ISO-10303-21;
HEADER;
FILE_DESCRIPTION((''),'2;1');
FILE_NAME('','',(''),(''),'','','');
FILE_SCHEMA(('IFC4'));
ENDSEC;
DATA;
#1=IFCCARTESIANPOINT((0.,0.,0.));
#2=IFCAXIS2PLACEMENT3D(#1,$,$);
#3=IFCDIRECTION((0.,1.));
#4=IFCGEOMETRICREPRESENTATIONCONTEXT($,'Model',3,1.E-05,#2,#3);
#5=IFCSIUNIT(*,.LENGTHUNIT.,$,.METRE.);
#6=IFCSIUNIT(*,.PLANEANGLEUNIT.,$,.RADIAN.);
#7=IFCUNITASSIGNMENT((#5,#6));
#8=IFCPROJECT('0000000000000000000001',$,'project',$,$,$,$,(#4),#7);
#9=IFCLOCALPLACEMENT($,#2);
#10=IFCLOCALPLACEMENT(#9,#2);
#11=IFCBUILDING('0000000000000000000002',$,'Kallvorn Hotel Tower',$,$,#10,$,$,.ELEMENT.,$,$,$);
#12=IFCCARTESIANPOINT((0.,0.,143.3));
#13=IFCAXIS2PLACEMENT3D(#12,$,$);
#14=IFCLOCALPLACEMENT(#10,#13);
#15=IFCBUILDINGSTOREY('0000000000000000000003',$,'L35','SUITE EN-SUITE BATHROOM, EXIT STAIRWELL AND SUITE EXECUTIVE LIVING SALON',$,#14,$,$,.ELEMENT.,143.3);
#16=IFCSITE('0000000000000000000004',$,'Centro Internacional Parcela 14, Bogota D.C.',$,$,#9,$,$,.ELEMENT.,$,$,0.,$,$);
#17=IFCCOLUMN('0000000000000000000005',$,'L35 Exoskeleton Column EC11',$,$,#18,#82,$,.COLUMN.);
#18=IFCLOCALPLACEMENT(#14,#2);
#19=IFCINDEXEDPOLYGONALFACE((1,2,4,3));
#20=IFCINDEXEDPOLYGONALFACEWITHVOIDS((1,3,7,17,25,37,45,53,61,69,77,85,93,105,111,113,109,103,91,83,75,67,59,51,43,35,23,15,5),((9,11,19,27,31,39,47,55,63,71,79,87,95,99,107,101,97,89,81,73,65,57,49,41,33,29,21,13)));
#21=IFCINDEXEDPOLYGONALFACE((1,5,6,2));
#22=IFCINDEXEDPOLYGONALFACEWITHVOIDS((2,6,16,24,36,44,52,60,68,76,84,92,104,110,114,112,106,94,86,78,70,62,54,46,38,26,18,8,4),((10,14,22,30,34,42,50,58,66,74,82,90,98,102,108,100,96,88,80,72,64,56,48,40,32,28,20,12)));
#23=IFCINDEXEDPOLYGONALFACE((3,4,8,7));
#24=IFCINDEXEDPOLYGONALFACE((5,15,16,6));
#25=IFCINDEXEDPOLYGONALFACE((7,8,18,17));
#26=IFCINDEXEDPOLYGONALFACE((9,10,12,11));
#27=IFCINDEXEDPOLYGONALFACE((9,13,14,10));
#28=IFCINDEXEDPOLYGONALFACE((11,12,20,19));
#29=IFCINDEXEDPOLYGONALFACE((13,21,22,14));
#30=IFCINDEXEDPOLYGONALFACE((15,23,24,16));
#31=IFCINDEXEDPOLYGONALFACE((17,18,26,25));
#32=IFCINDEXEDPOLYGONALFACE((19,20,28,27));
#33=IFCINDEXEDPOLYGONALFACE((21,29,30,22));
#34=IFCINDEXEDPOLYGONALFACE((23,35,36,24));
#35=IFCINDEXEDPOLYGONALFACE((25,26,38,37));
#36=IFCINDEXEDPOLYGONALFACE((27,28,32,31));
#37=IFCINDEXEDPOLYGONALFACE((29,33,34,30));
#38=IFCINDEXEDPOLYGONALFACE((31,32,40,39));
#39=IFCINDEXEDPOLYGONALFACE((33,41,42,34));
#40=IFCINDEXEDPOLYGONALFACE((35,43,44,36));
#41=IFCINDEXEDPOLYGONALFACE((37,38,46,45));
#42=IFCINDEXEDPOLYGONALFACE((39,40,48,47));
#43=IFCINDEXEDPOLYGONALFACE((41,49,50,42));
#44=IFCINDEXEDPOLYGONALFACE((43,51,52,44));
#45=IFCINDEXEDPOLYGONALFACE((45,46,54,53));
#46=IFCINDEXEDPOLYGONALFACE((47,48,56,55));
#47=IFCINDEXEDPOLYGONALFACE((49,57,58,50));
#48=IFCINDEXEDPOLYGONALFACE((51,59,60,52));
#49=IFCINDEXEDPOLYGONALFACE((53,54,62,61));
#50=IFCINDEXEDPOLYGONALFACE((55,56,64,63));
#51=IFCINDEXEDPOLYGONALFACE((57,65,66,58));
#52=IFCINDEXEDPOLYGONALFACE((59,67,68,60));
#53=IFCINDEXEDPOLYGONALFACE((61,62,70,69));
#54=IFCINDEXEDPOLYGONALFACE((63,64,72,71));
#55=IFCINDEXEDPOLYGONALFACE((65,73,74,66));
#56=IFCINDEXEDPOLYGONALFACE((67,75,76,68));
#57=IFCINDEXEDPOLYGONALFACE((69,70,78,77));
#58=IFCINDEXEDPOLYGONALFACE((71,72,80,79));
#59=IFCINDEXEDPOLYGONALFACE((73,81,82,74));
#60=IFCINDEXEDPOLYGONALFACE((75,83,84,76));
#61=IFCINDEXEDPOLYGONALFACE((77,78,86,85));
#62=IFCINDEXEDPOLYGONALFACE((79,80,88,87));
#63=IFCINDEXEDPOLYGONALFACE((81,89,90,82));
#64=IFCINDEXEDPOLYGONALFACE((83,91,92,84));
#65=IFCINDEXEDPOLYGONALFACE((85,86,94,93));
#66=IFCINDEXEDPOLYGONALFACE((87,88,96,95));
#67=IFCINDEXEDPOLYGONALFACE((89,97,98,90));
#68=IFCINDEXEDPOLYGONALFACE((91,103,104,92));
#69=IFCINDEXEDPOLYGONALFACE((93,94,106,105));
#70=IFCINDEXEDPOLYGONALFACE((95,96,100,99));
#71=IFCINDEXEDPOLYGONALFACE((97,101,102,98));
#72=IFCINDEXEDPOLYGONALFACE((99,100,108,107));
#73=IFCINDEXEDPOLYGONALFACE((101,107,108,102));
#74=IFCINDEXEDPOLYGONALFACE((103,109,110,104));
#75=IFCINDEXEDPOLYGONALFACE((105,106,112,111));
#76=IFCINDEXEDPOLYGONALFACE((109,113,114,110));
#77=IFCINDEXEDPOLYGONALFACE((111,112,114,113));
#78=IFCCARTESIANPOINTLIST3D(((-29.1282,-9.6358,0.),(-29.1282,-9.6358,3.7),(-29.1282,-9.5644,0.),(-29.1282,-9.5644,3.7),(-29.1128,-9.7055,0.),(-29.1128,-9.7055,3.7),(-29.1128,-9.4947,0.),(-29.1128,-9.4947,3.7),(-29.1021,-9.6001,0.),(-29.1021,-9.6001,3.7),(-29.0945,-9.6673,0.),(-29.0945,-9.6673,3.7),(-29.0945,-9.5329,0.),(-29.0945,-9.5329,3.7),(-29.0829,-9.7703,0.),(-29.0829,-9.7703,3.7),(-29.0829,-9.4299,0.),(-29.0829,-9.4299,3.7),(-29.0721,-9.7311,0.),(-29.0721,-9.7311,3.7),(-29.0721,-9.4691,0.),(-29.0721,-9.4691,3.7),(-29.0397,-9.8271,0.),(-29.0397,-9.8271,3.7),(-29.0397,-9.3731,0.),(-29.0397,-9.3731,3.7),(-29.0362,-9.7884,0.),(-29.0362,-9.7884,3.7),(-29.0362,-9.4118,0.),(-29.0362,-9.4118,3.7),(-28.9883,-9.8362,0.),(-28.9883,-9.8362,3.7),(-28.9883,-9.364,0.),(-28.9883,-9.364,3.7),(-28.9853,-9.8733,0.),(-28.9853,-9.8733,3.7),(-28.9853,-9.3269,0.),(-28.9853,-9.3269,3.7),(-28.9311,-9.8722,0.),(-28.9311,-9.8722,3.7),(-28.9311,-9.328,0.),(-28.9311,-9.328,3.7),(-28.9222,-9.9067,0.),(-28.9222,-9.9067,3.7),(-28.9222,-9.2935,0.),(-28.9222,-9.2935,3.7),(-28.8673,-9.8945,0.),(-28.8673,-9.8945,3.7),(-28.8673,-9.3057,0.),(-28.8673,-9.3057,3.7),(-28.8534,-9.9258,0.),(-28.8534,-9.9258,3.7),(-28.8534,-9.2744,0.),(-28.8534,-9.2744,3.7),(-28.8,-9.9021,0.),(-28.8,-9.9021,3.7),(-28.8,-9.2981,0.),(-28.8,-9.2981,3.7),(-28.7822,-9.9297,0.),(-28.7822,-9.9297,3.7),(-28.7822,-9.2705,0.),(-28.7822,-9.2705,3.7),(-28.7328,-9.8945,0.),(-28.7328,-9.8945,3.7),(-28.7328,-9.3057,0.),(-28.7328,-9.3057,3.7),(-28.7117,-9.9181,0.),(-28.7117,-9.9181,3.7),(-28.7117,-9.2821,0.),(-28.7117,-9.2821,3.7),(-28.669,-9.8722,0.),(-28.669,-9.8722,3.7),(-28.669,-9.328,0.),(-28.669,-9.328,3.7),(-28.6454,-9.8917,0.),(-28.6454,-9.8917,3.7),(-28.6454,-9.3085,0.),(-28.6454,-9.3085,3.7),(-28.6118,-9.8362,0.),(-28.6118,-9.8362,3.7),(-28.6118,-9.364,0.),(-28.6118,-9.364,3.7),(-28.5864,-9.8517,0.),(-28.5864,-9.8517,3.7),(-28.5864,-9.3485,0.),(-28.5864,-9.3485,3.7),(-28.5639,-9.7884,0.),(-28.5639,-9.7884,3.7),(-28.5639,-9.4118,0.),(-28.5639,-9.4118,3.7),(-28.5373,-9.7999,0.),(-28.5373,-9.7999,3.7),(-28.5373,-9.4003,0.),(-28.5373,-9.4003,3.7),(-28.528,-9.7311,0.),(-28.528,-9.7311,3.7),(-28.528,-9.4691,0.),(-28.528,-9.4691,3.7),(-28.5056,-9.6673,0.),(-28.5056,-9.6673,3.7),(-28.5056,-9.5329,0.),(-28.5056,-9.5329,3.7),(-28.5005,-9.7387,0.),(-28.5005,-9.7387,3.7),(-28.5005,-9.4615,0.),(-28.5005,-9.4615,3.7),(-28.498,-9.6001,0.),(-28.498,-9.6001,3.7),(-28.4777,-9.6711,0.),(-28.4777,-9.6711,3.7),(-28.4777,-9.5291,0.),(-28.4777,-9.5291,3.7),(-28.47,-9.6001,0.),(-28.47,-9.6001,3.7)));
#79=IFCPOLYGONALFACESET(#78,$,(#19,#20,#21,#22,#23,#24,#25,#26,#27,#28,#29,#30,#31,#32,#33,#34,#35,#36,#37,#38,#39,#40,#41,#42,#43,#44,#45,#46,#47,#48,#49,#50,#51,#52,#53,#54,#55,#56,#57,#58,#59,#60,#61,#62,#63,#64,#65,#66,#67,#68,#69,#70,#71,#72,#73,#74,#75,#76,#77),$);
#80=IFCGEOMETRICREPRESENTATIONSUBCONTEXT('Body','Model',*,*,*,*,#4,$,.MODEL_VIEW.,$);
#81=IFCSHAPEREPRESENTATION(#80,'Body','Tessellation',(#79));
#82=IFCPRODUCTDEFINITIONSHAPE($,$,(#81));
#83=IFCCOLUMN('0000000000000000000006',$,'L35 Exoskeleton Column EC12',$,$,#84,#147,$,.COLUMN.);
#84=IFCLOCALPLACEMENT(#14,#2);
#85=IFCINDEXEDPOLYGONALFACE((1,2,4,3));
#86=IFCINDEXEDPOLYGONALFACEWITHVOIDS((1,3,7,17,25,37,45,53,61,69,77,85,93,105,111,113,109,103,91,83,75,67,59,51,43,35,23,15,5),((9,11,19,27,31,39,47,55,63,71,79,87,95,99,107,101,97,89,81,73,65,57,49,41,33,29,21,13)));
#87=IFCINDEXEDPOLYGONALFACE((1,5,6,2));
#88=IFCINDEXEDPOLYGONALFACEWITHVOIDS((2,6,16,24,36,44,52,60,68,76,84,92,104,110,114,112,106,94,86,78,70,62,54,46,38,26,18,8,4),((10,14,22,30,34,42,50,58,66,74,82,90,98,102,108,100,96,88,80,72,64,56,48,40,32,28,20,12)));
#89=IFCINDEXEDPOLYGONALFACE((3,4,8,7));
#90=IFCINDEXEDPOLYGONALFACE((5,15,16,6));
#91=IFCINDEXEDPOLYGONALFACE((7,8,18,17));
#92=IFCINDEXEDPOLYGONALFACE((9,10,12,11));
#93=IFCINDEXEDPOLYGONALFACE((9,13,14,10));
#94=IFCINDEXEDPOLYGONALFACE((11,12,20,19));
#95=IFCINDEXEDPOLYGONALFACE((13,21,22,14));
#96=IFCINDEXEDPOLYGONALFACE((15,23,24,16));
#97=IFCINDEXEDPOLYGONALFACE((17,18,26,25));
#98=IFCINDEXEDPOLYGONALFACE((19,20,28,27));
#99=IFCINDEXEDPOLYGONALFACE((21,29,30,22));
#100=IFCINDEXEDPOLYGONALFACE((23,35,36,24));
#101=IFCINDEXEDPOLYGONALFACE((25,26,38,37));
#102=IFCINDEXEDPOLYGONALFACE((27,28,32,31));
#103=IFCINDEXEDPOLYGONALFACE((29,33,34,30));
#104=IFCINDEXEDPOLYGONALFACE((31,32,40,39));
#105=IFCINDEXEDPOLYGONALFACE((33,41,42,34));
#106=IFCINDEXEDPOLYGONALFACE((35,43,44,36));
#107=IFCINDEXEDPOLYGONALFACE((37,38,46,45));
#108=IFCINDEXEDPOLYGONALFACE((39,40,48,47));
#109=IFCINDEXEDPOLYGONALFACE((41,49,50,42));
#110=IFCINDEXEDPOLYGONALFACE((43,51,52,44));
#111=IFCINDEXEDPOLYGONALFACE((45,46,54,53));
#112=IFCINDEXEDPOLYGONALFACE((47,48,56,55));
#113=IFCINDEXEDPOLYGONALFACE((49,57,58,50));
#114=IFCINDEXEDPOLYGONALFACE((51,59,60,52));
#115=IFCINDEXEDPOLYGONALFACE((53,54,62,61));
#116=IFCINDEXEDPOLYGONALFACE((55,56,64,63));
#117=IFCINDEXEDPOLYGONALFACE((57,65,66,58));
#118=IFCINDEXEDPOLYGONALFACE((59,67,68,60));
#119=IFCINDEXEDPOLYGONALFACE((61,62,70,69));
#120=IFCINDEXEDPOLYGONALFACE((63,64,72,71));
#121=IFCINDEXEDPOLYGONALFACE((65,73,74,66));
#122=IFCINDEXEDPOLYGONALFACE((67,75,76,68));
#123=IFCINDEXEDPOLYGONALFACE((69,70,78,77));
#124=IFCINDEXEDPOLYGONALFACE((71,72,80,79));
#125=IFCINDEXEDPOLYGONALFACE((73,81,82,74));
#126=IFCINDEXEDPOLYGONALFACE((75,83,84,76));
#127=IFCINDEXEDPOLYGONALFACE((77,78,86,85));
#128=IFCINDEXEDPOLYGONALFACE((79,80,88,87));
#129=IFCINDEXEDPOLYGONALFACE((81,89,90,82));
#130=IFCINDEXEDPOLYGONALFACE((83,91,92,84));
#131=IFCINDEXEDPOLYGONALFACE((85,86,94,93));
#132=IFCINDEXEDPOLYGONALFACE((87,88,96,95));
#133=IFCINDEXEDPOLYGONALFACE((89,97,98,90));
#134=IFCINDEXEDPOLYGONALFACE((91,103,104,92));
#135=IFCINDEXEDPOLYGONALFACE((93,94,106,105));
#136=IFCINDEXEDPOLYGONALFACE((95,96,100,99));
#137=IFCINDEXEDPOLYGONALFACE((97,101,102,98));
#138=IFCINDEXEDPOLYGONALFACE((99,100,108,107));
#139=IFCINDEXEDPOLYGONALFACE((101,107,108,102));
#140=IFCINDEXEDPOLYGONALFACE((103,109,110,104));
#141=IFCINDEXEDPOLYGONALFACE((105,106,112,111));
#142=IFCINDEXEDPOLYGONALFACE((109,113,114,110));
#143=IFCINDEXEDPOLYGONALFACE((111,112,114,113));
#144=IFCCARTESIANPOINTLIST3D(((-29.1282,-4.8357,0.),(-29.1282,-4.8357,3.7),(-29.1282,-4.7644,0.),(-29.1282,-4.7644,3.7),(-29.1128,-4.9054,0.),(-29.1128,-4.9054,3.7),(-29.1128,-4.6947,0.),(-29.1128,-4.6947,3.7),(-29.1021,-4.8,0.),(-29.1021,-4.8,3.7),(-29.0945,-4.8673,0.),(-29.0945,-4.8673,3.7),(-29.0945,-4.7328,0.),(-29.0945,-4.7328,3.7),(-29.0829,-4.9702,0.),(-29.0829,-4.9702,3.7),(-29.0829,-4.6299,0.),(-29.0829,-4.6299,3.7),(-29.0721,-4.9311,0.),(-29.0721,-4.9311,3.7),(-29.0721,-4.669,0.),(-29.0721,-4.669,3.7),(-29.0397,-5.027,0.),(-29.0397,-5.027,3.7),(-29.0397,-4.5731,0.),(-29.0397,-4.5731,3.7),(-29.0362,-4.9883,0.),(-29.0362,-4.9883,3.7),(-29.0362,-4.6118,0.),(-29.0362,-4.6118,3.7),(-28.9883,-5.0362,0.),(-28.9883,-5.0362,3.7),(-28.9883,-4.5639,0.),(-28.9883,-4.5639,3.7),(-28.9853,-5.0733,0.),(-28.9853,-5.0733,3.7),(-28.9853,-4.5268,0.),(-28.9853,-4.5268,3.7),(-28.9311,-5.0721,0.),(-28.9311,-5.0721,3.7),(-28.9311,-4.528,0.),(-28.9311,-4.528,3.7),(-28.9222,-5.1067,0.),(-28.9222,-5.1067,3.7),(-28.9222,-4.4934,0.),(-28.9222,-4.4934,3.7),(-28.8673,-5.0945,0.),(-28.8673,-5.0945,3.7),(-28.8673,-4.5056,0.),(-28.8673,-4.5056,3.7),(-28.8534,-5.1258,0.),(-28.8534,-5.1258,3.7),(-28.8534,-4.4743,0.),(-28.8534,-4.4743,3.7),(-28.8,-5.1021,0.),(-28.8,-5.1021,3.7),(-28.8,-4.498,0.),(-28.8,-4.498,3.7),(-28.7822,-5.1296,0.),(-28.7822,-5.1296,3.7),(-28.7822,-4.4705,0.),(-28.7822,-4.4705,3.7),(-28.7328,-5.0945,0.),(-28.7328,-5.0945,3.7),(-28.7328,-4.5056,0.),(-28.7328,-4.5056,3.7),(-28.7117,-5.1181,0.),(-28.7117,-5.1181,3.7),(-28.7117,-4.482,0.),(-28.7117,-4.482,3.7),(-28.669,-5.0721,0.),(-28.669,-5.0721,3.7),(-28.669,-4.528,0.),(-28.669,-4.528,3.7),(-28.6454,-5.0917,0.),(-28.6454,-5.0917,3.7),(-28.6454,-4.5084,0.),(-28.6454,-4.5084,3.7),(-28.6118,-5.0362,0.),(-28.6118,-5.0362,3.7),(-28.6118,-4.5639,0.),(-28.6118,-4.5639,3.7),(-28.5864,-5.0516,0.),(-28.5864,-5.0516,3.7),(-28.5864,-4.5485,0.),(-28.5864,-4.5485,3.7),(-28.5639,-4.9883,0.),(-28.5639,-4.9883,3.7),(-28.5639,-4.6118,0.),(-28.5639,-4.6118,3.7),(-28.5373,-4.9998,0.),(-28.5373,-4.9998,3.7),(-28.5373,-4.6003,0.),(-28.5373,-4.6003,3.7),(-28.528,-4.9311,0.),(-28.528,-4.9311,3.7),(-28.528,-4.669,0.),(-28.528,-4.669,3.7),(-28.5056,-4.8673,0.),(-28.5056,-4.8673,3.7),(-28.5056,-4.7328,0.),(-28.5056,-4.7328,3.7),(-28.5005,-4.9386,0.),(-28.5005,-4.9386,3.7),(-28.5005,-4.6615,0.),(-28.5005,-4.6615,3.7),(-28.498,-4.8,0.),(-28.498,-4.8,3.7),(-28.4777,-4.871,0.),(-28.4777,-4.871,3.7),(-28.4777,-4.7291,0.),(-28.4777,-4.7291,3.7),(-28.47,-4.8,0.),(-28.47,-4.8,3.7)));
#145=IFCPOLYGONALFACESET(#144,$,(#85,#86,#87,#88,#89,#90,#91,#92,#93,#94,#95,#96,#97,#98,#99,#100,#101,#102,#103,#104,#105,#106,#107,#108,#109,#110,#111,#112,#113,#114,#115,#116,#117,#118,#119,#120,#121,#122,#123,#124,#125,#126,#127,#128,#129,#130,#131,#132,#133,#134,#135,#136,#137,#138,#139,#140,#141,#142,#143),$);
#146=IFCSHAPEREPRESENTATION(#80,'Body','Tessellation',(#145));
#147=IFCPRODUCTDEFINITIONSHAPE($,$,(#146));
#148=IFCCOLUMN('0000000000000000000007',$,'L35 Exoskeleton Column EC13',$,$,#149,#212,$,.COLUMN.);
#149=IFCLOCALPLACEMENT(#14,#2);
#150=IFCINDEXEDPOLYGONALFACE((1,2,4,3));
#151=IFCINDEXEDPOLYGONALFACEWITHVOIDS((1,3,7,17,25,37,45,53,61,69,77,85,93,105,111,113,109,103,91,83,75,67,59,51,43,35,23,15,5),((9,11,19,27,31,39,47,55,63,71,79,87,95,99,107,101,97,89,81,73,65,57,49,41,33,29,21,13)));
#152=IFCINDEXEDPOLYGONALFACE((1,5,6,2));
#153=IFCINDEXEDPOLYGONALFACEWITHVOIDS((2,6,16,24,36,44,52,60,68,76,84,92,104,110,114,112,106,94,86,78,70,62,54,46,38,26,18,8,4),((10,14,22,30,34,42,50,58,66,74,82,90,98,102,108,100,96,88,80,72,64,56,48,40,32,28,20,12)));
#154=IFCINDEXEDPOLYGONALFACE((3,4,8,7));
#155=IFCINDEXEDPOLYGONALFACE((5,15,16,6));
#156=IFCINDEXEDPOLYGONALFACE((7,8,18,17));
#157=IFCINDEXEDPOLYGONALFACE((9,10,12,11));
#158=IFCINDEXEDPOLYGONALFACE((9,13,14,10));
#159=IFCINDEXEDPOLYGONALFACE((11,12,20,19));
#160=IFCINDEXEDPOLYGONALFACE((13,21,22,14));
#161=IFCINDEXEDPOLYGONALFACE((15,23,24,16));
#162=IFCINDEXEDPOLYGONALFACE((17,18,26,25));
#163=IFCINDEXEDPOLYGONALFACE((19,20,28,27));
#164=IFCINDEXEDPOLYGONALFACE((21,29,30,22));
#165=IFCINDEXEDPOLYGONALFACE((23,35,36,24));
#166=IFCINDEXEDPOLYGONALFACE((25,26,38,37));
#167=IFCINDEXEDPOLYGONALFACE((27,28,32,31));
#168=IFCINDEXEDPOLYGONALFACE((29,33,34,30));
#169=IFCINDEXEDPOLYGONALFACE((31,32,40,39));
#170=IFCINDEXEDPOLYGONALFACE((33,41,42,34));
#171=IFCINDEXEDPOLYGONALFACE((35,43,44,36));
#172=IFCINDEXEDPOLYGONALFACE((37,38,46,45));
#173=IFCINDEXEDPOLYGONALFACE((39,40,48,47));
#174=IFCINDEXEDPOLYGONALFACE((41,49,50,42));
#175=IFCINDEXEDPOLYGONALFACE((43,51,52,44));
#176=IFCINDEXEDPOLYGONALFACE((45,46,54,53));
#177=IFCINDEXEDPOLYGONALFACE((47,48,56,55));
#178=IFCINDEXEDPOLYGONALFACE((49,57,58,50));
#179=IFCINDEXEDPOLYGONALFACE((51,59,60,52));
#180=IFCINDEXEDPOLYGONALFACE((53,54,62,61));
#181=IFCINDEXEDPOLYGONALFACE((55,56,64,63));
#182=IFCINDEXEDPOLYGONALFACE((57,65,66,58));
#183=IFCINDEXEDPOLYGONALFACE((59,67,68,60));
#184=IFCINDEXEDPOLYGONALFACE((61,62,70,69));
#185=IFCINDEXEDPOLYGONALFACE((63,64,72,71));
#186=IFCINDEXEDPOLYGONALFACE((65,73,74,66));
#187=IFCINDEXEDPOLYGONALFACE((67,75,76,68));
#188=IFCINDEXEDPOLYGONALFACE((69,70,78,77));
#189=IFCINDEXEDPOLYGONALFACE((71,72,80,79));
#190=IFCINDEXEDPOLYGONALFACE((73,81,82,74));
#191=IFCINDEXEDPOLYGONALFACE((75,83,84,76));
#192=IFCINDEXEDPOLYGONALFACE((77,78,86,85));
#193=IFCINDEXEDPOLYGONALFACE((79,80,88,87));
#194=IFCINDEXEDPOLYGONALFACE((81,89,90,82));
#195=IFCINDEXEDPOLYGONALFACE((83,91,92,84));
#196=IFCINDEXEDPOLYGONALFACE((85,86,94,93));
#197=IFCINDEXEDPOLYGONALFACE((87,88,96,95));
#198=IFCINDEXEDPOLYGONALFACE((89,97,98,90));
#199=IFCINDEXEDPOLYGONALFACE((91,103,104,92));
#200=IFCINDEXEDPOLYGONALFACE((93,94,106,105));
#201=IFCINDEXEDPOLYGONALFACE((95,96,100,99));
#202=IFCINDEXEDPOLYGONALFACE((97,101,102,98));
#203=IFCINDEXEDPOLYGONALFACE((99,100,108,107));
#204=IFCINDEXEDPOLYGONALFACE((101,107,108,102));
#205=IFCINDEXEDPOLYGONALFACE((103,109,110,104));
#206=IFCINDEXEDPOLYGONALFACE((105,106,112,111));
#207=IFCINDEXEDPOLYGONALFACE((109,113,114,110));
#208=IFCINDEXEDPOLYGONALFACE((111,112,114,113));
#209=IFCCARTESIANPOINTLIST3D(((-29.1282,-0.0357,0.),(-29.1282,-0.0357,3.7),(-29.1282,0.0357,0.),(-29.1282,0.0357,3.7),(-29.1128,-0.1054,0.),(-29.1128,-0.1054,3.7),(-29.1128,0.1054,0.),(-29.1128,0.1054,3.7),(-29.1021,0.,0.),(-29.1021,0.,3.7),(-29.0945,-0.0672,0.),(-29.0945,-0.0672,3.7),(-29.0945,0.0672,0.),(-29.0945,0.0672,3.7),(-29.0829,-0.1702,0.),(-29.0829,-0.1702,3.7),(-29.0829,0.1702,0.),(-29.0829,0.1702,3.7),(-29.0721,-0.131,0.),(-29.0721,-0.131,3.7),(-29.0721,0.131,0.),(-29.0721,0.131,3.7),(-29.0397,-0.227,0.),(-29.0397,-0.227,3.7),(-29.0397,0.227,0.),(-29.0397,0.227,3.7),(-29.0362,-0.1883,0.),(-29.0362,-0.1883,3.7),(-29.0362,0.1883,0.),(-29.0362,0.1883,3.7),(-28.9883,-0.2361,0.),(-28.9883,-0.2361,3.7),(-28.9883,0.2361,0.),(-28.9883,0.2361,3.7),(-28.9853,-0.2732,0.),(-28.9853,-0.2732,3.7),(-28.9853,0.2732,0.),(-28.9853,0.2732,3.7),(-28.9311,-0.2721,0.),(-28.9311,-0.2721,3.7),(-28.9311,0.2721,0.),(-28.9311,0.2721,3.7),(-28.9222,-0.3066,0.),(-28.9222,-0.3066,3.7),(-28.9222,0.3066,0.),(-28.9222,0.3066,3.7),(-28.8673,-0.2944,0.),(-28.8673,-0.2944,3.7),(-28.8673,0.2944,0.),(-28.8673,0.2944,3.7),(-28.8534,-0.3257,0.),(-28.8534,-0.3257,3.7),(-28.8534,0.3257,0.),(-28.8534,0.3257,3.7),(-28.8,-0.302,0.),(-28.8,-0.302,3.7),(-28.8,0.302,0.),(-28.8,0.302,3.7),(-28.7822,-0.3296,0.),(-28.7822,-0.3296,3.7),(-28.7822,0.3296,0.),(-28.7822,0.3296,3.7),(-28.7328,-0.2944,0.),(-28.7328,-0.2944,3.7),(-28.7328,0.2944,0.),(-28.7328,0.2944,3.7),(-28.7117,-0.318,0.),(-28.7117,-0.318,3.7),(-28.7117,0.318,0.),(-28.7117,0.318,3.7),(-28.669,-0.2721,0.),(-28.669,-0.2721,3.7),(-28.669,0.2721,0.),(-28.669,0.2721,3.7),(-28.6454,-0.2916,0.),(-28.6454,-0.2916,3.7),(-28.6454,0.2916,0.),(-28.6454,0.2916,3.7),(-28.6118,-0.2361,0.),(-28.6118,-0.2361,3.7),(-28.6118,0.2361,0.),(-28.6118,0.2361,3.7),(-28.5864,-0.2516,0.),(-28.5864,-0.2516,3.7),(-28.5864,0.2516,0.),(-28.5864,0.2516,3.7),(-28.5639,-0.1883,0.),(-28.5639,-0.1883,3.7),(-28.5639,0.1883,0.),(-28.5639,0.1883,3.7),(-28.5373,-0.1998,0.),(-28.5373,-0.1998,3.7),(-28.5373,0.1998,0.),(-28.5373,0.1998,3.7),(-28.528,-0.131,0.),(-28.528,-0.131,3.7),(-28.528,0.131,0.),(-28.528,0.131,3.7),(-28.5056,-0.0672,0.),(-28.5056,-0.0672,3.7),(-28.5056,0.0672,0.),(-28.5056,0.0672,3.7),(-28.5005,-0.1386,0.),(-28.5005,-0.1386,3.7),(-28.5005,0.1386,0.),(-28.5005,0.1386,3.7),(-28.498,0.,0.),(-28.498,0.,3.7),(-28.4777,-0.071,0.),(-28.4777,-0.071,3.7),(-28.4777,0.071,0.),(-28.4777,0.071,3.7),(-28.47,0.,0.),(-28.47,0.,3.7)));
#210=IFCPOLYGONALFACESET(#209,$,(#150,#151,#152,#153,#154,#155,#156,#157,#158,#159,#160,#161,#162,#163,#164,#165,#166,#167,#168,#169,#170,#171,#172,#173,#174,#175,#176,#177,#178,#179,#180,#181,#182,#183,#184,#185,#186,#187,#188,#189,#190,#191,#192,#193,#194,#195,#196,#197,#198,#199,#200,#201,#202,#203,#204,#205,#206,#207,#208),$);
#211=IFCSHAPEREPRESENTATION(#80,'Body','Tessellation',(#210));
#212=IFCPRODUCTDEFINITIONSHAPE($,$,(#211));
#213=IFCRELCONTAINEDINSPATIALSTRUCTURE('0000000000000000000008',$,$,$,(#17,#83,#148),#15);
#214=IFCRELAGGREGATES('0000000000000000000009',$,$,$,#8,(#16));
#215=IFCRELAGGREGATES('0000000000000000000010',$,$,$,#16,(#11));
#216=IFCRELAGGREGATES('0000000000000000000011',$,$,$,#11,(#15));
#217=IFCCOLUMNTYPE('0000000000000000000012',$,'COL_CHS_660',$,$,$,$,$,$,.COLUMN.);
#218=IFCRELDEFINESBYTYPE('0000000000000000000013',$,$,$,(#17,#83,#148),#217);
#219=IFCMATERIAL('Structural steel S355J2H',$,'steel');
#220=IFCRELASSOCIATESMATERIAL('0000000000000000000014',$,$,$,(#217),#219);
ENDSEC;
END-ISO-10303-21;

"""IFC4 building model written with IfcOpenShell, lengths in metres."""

from ifc_helpers import new_model, si_unit, direction, frame, origin, origin_2d, place, context, subcontext, project, spatial, hollow_circle, extrude, material, material_profile, profile_set, type_object, element, save


model = new_model("IFC4")

# Units and contexts
model_context = context("Model", 3, precision=1e-05, world=origin(), true_north=direction((0.0, 1.0)))
body_context = subcontext(model_context, "Body", "Model", "MODEL_VIEW")
ifc_project = project(units=[si_unit("LENGTHUNIT", "METRE"), si_unit("PLANEANGLEUNIT", "RADIAN")], contexts=[model_context])

# Site, building, storey
site_placement = place(None, origin())
site = spatial("IfcSite", under=ifc_project, at=site_placement, Name="Centro Internacional Parcela 14, Bogota D.C.", CompositionType="ELEMENT", RefElevation=0.0)
building_placement = place(site_placement, origin())
building = spatial("IfcBuilding", under=site, at=building_placement, Name="Kallvorn Hotel Tower", CompositionType="ELEMENT")
storey_placement = place(building_placement, frame((0.0, 0.0, 143.3)))
storey = spatial("IfcBuildingStorey", under=building, at=storey_placement, Name="L35", Description="SUITE EN-SUITE BATHROOM, EXIT STAIRWELL AND SUITE EXECUTIVE LIVING SALON", CompositionType="ELEMENT", Elevation=143.3)

# Columns
ifc_material_1 = material(Name="Structural steel S355J2H", Category="steel")
ifc_material_profile_1 = material_profile(ifc_material_1, hollow_circle(Radius=0.3301, WallThickness=0.0281, at=origin_2d()), Name="CHS 660x28")
ifc_profile_set_1 = profile_set([ifc_material_profile_1], Name="Structural steel S355J2H")
column_type_1 = type_object("IfcColumnType", Name="COL_CHS_660", PredefinedType="COLUMN", material=ifc_profile_set_1)
for number, where, z_axis, x_axis, name in (
    (1, (-28.8, -9.6001, 0.0), (0.0, 0.0, 1.0), (1.0, 0.0, 0.0), "L35 Exoskeleton Column EC11"),
    (2, (-28.8, -4.8, 0.0), (0.0, 0.0, 1.0), (1.0, 0.0, 0.0), "L35 Exoskeleton Column EC12"),
    (3, (-28.8, 0.0, 0.0), (0.0, 0.0, 1.0), (1.0, 0.0, 0.0), "L35 Exoskeleton Column EC13"),
):
    element("IfcColumn", number, at=place(storey_placement, frame(where, z_axis=z_axis, x_axis=x_axis)), inside=storey, type_object=column_type_1, Name=name, PredefinedType="COLUMN", context=body_context, shape_type="SweptSolid", body=[
        extrude(hollow_circle(Radius=0.3301, WallThickness=0.0281, at=origin_2d()), origin(), (0.0, 0.0, 1.0), 3.7),
    ])

save(model, "model.ifc")
